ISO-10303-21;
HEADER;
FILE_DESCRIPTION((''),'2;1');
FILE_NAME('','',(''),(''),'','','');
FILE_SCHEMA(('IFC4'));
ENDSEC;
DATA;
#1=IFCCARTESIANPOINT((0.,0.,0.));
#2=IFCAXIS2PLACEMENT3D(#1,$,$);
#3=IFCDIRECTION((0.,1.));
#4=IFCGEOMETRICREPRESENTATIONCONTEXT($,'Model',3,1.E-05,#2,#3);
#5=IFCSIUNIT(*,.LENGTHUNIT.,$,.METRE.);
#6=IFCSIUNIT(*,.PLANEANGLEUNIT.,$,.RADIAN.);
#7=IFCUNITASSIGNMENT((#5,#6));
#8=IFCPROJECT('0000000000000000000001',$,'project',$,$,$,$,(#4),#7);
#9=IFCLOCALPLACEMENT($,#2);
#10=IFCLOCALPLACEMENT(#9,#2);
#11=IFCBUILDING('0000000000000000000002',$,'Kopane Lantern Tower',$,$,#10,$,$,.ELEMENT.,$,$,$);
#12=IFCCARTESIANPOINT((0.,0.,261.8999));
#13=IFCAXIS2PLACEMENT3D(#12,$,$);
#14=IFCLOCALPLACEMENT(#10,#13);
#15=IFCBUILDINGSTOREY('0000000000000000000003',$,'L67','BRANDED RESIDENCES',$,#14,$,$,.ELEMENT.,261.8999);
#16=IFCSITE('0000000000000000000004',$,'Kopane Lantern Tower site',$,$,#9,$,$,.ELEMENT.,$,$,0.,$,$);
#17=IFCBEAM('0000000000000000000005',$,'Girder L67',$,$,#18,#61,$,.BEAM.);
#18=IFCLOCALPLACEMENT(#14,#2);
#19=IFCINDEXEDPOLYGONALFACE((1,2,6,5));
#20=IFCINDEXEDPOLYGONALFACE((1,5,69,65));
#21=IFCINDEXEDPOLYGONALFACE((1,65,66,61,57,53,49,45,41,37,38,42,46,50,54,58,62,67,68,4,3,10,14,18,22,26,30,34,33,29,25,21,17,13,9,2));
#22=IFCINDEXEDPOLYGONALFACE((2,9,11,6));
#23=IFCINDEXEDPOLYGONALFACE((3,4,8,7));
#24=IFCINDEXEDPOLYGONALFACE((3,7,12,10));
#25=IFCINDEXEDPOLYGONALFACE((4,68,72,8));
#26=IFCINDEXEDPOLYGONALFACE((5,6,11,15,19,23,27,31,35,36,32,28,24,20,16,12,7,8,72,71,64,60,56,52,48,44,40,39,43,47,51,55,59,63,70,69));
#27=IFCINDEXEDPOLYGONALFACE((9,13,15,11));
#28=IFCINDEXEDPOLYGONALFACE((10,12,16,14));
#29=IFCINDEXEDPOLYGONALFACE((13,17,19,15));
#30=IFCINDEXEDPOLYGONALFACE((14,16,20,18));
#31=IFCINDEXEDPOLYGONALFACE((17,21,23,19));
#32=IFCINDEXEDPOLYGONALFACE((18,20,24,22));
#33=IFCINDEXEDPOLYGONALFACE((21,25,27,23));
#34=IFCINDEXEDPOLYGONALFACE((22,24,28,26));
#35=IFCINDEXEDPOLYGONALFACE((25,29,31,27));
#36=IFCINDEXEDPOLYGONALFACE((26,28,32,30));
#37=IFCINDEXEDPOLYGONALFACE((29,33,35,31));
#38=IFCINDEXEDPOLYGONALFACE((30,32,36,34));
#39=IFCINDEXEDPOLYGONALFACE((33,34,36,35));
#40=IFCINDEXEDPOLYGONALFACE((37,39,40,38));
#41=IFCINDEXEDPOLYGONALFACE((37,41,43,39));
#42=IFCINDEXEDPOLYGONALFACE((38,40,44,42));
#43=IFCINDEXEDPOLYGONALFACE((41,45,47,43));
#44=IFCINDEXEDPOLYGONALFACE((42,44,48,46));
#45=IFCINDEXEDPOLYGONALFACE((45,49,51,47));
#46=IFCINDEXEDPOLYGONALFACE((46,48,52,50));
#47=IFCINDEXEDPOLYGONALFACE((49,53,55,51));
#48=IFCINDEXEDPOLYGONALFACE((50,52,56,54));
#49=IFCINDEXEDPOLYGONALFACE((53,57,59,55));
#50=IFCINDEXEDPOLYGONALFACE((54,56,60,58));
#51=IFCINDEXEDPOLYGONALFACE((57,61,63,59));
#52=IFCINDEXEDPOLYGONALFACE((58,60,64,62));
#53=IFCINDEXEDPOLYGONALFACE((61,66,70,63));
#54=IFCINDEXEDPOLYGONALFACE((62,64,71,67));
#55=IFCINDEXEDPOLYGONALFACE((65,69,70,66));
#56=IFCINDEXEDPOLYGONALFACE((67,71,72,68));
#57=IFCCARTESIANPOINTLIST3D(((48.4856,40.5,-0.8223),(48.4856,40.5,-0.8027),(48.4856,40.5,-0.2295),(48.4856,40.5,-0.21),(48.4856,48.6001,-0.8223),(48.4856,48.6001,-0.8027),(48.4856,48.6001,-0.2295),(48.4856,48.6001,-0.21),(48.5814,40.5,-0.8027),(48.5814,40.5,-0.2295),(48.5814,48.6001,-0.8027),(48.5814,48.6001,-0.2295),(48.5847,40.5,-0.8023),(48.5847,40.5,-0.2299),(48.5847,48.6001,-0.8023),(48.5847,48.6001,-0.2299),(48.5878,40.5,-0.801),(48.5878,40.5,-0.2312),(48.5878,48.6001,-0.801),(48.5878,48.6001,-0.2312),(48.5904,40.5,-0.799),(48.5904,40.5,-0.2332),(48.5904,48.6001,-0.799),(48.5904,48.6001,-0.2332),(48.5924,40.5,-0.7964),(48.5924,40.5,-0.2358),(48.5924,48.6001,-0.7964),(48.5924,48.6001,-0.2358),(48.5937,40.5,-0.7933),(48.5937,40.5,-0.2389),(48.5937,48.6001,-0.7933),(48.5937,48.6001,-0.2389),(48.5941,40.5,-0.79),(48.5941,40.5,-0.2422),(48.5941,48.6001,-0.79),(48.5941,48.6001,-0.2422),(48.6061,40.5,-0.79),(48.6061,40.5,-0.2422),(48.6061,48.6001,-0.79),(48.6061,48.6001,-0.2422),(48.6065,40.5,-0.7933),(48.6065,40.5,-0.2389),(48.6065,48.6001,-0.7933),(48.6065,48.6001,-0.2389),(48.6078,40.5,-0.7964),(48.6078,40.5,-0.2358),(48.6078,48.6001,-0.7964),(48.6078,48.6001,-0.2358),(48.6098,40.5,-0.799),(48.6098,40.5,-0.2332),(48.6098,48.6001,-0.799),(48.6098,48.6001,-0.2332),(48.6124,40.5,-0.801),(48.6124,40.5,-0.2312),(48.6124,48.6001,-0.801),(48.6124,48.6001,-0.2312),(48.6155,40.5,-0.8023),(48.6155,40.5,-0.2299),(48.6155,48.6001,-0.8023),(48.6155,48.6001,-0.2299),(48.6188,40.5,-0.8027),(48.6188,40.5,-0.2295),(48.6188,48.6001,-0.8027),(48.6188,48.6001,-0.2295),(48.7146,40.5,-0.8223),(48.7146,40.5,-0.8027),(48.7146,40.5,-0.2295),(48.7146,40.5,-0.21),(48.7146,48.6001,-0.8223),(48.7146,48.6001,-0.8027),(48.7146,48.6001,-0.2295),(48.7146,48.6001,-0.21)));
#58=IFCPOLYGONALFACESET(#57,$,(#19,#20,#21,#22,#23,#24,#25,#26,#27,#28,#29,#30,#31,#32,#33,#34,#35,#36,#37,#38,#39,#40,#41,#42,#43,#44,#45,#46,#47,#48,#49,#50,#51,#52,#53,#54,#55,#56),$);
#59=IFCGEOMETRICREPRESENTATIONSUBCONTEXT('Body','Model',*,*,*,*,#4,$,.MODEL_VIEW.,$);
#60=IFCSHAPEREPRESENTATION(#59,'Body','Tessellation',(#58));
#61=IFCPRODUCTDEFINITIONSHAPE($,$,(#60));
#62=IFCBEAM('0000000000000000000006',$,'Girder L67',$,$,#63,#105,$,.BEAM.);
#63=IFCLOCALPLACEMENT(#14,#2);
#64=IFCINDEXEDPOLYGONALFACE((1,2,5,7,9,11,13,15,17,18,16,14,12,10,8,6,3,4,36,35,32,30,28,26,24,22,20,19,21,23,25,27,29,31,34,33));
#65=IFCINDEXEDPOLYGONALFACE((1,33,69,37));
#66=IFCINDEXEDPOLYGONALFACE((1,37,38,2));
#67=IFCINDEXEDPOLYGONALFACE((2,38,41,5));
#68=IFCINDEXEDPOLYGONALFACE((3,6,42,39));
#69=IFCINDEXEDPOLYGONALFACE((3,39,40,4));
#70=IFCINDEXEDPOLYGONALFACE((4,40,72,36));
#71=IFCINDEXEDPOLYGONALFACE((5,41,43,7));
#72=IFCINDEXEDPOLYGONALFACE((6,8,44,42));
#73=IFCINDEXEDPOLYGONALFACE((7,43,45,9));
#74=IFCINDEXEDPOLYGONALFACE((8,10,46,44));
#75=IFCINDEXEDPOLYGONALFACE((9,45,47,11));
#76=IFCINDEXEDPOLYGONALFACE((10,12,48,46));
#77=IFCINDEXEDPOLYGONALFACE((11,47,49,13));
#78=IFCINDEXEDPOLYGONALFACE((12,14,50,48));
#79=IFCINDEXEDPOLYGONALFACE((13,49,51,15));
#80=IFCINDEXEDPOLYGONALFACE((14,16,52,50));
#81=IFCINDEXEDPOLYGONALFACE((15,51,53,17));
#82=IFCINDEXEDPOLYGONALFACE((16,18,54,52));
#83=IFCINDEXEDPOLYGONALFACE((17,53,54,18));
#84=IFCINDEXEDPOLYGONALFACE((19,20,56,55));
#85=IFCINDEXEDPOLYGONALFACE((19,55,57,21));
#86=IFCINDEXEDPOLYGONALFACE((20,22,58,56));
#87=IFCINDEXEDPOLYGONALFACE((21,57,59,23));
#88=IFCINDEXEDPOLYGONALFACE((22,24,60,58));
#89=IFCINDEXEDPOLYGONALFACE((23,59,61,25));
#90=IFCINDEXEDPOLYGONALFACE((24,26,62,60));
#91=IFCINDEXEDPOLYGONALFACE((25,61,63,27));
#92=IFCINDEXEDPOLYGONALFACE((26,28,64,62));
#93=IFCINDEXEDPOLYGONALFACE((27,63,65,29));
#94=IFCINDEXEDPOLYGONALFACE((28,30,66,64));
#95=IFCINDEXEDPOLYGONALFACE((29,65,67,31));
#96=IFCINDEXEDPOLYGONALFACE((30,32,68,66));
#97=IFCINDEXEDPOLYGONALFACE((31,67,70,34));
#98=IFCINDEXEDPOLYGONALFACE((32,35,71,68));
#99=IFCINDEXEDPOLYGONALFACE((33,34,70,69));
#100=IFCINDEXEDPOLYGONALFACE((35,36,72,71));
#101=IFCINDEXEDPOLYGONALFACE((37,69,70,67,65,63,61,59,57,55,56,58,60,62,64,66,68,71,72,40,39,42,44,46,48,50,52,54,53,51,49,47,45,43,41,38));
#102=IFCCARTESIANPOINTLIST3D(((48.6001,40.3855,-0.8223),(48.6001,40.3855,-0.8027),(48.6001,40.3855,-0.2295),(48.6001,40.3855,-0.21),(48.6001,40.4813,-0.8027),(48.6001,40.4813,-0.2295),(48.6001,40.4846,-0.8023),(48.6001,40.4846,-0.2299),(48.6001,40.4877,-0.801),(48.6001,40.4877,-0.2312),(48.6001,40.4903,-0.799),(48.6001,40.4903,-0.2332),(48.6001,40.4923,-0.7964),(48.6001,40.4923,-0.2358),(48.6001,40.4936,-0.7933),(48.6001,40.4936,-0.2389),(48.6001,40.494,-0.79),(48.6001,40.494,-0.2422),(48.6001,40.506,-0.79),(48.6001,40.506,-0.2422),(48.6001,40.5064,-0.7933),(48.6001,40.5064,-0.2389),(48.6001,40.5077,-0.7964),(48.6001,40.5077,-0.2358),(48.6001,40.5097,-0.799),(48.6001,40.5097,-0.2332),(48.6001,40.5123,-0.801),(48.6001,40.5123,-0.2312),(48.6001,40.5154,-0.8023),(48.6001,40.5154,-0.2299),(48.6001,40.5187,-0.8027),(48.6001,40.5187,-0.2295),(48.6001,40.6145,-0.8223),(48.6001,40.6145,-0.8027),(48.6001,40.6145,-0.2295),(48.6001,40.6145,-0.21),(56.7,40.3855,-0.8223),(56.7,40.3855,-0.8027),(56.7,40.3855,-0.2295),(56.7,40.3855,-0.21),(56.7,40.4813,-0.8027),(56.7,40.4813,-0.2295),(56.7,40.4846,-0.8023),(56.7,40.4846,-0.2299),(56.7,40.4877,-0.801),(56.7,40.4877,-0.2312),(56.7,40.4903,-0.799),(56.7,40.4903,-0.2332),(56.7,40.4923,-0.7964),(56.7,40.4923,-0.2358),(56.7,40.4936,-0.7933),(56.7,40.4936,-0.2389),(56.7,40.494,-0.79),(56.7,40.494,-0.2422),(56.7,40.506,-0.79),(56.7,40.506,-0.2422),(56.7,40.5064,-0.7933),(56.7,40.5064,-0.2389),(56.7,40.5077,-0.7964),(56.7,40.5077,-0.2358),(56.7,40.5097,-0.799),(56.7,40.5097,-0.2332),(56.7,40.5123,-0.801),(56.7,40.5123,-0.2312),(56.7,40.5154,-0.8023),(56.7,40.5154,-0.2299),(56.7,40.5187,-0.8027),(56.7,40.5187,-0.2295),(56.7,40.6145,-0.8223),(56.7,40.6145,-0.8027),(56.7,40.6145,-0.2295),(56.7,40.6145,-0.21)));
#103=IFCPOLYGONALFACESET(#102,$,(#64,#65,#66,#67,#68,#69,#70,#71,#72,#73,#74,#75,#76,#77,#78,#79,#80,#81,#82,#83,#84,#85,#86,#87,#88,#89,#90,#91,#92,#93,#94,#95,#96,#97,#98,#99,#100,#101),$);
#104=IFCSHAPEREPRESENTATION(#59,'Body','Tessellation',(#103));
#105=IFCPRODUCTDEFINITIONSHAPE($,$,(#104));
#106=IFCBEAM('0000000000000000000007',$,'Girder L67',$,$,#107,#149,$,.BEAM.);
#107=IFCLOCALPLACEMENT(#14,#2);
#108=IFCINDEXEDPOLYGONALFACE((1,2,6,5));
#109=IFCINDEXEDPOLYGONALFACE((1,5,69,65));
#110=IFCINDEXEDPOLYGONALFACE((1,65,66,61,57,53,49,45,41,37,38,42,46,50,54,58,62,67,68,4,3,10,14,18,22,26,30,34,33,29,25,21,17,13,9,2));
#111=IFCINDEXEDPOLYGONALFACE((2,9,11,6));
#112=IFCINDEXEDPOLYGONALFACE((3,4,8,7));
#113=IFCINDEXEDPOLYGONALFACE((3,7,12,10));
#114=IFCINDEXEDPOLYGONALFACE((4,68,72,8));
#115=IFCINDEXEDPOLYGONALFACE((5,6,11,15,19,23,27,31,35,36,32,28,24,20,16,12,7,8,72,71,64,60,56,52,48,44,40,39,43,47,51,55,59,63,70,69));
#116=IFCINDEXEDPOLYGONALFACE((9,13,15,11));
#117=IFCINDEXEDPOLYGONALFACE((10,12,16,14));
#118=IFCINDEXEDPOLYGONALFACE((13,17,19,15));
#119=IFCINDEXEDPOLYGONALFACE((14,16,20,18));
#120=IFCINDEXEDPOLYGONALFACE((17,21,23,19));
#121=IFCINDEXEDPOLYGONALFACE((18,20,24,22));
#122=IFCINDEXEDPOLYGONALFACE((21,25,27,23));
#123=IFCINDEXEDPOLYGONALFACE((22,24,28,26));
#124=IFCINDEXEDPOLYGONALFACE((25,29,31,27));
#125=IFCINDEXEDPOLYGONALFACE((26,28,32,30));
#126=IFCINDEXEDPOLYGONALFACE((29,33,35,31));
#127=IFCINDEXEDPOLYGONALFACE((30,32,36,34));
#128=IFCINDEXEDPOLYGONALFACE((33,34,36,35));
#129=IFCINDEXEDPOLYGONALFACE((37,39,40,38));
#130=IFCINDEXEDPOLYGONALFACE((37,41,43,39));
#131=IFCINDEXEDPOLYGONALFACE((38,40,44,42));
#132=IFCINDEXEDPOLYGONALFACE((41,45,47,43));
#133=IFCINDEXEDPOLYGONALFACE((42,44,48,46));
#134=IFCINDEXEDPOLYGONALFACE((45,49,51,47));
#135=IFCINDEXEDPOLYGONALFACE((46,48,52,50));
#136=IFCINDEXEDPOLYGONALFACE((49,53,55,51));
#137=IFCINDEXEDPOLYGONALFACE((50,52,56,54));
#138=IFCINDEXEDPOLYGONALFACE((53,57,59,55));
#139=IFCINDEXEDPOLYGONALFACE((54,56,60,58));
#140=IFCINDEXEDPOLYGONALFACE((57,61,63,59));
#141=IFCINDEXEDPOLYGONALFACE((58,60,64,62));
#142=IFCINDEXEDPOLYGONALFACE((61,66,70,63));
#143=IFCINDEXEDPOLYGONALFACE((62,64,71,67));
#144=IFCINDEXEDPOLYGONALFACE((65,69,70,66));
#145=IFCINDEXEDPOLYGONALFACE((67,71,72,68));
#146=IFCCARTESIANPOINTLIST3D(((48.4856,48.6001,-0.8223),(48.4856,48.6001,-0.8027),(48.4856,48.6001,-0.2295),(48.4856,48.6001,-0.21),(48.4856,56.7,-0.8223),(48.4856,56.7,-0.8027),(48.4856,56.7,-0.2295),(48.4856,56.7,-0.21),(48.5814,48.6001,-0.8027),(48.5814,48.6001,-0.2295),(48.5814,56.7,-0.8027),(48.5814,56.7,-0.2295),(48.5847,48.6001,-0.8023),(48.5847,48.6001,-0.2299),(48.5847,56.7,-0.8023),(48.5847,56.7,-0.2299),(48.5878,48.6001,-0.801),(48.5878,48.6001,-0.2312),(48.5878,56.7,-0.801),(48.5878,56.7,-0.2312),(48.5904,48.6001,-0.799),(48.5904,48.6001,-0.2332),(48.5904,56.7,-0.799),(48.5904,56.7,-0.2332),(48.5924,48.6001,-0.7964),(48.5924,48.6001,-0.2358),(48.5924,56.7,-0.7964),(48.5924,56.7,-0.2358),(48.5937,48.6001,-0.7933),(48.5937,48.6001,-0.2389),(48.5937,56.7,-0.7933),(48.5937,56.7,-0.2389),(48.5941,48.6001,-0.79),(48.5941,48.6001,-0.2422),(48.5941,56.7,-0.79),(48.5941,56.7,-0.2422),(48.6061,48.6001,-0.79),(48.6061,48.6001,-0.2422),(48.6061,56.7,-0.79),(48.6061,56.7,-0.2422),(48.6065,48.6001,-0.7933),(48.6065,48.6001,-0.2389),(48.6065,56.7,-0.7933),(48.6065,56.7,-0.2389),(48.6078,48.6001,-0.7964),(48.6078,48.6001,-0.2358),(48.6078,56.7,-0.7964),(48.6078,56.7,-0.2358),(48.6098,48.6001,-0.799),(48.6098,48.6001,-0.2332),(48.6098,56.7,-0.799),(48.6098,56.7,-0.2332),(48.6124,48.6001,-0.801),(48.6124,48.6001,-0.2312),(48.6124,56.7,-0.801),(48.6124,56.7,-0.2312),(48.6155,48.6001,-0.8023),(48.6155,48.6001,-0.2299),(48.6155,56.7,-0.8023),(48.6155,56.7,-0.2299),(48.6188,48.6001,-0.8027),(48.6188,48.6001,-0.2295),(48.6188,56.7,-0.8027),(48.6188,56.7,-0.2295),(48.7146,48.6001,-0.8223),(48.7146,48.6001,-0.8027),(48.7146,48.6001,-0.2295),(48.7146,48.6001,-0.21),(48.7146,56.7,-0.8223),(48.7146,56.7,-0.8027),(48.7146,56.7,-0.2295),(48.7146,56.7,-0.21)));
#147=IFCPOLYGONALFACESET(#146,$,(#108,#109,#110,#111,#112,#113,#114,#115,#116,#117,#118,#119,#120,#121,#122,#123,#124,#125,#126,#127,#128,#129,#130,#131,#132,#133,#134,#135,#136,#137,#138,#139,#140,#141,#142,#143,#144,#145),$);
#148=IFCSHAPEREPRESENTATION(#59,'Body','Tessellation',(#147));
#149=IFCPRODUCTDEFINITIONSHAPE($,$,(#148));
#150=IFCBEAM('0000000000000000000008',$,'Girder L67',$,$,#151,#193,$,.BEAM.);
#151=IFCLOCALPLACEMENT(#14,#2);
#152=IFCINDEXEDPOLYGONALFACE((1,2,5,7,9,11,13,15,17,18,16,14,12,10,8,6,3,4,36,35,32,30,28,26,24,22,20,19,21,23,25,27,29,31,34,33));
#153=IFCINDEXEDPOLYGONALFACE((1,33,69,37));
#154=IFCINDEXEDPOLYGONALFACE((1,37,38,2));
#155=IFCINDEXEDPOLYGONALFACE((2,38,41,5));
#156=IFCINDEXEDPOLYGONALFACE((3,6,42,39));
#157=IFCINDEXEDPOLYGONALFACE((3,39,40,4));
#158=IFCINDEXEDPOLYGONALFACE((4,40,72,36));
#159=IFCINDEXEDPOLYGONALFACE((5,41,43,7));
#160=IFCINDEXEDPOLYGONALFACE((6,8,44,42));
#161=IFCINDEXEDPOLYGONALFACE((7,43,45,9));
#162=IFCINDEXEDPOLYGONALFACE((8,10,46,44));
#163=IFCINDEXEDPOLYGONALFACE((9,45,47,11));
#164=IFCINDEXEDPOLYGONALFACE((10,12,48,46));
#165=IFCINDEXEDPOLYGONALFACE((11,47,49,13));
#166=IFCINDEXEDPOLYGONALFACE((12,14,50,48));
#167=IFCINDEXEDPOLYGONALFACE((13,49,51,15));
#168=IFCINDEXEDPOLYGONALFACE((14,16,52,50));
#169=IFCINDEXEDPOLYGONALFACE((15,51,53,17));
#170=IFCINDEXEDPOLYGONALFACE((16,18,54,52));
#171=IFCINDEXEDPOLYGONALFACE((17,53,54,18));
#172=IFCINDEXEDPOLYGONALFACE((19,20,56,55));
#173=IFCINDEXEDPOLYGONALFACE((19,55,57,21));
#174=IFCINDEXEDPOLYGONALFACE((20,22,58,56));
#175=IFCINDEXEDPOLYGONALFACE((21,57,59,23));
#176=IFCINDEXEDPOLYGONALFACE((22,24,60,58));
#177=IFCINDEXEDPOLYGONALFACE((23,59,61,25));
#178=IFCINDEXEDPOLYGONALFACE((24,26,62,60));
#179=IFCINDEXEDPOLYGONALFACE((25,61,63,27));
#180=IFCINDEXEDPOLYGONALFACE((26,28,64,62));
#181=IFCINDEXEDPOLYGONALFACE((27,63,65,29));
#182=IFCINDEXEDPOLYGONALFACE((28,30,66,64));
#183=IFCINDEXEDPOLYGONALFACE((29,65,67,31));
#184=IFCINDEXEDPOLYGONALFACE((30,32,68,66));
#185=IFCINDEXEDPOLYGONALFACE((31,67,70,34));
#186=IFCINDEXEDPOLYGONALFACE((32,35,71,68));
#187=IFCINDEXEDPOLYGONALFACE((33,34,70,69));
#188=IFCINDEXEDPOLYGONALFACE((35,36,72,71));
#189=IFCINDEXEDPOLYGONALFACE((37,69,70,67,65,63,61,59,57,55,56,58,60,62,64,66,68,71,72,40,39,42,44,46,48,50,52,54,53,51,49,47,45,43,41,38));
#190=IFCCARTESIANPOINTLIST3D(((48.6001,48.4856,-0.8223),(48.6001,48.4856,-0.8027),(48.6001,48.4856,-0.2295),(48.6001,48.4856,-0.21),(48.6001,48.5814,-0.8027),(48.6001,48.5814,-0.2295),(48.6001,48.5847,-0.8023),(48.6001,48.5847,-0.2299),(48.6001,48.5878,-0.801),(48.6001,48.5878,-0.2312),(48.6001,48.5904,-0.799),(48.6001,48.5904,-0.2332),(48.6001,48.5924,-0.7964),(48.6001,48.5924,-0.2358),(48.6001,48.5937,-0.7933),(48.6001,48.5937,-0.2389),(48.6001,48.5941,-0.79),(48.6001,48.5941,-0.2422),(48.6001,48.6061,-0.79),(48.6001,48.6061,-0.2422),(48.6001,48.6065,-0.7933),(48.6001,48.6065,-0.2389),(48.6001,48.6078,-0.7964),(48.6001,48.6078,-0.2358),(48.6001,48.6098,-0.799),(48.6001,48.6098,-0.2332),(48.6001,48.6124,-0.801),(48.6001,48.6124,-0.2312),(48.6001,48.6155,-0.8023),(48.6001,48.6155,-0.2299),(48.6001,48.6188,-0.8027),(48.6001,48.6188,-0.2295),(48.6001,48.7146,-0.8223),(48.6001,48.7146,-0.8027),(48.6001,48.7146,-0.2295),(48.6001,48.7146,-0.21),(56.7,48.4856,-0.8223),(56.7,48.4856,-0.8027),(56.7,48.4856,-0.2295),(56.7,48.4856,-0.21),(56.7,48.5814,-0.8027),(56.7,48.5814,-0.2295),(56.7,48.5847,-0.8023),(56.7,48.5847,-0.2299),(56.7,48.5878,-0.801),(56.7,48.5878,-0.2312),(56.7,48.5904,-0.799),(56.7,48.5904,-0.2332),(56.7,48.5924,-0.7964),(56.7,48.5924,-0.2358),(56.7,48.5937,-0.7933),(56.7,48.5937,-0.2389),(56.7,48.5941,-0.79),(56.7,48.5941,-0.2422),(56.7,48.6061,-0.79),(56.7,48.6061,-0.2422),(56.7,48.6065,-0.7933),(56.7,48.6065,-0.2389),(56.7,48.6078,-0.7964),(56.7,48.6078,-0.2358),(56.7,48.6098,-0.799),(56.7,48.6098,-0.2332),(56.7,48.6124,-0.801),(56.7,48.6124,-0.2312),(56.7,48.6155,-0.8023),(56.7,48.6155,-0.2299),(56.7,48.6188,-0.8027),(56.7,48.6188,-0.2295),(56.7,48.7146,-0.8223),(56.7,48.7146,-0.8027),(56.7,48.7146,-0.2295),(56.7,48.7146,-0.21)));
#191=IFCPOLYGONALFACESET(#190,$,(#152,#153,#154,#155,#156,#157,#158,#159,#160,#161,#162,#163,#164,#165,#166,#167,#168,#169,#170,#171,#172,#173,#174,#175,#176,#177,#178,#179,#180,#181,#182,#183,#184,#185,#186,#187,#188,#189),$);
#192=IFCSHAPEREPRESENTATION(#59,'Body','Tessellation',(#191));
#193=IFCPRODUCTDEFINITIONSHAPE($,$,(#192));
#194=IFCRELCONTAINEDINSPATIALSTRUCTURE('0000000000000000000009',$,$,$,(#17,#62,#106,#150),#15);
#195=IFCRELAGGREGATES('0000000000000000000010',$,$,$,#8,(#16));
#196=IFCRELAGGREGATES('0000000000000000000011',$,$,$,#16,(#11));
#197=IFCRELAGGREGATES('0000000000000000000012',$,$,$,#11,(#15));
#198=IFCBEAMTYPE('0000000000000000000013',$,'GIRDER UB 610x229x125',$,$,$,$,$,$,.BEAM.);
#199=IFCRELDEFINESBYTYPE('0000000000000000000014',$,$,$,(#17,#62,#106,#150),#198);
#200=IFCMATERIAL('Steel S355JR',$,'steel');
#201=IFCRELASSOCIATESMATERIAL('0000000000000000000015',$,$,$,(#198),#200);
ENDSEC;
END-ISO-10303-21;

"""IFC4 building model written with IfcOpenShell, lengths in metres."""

from ifc_helpers import new_model, si_unit, direction, frame, origin, origin_2d, place, context, subcontext, project, spatial, i_section, extrude, material, material_profile, profile_set, type_object, element, save


model = new_model("IFC4")

# Units and contexts
model_context = context("Model", 3, precision=1e-05, world=origin(), true_north=direction((0.0, 1.0)))
body_context = subcontext(model_context, "Body", "Model", "MODEL_VIEW")
ifc_project = project(units=[si_unit("LENGTHUNIT", "METRE"), si_unit("PLANEANGLEUNIT", "RADIAN")], contexts=[model_context])

# Site, building, storey
site_placement = place(None, origin())
site = spatial("IfcSite", under=ifc_project, at=site_placement, Name="Kopane Lantern Tower site", CompositionType="ELEMENT", RefElevation=0.0)
building_placement = place(site_placement, origin())
building = spatial("IfcBuilding", under=site, at=building_placement, Name="Kopane Lantern Tower", CompositionType="ELEMENT")
storey_placement = place(building_placement, frame((0.0, 0.0, 261.8999)))
storey = spatial("IfcBuildingStorey", under=building, at=storey_placement, Name="L67", Description="BRANDED RESIDENCES", CompositionType="ELEMENT", Elevation=261.8999)

# Beams
ifc_material_1 = material(Name="Steel S355JR", Category="steel")
ifc_material_profile_1 = material_profile(ifc_material_1, i_section(OverallWidth=0.229, OverallDepth=0.6123, WebThickness=0.012, FlangeThickness=0.0195, FilletRadius=0.0127, at=origin_2d()), Name="UB 610x229x125")
ifc_profile_set_1 = profile_set([ifc_material_profile_1], Name="Steel S355JR")
beam_type = type_object("IfcBeamType", Name="GIRDER UB 610x229x125", PredefinedType="BEAM", material=ifc_profile_set_1)
beam_1_placement = place(storey_placement, frame((48.6001, 40.5, -0.5161), z_axis=(0.0, 1.0, 0.0), x_axis=(-1.0, 0.0, 0.0)))
element("IfcBeam", 1, at=beam_1_placement, inside=storey, type_object=beam_type, Name="Girder L67", PredefinedType="BEAM", context=body_context, shape_type="SweptSolid", body=[
    extrude(i_section(OverallWidth=0.229, OverallDepth=0.6123, WebThickness=0.012, FlangeThickness=0.0195, FilletRadius=0.0127, at=origin_2d()), origin(), (0.0, 0.0, 1.0), 8.1001),
])
for number, where, z_axis, x_axis, name in (
    (2, (48.6001, 40.5, -0.5161), (1.0, 0.0, 0.0), (0.0, 1.0, 0.0), "Girder L67"),
    (3, (48.6001, 48.6001, -0.5161), (0.0, 1.0, 0.0), (-1.0, 0.0, 0.0), "Girder L67"),
    (4, (48.6001, 48.6001, -0.5161), (1.0, 0.0, 0.0), (0.0, 1.0, 0.0), "Girder L67"),
):
    element("IfcBeam", number, at=place(storey_placement, frame(where, z_axis=z_axis, x_axis=x_axis)), inside=storey, type_object=beam_type, Name=name, PredefinedType="BEAM", context=body_context, shape_type="SweptSolid", body=[
        extrude(i_section(OverallWidth=0.229, OverallDepth=0.6123, WebThickness=0.012, FlangeThickness=0.0195, FilletRadius=0.0127, at=origin_2d()), origin(), (0.0, 0.0, 1.0), 8.0999),
    ])

save(model, "model.ifc")
